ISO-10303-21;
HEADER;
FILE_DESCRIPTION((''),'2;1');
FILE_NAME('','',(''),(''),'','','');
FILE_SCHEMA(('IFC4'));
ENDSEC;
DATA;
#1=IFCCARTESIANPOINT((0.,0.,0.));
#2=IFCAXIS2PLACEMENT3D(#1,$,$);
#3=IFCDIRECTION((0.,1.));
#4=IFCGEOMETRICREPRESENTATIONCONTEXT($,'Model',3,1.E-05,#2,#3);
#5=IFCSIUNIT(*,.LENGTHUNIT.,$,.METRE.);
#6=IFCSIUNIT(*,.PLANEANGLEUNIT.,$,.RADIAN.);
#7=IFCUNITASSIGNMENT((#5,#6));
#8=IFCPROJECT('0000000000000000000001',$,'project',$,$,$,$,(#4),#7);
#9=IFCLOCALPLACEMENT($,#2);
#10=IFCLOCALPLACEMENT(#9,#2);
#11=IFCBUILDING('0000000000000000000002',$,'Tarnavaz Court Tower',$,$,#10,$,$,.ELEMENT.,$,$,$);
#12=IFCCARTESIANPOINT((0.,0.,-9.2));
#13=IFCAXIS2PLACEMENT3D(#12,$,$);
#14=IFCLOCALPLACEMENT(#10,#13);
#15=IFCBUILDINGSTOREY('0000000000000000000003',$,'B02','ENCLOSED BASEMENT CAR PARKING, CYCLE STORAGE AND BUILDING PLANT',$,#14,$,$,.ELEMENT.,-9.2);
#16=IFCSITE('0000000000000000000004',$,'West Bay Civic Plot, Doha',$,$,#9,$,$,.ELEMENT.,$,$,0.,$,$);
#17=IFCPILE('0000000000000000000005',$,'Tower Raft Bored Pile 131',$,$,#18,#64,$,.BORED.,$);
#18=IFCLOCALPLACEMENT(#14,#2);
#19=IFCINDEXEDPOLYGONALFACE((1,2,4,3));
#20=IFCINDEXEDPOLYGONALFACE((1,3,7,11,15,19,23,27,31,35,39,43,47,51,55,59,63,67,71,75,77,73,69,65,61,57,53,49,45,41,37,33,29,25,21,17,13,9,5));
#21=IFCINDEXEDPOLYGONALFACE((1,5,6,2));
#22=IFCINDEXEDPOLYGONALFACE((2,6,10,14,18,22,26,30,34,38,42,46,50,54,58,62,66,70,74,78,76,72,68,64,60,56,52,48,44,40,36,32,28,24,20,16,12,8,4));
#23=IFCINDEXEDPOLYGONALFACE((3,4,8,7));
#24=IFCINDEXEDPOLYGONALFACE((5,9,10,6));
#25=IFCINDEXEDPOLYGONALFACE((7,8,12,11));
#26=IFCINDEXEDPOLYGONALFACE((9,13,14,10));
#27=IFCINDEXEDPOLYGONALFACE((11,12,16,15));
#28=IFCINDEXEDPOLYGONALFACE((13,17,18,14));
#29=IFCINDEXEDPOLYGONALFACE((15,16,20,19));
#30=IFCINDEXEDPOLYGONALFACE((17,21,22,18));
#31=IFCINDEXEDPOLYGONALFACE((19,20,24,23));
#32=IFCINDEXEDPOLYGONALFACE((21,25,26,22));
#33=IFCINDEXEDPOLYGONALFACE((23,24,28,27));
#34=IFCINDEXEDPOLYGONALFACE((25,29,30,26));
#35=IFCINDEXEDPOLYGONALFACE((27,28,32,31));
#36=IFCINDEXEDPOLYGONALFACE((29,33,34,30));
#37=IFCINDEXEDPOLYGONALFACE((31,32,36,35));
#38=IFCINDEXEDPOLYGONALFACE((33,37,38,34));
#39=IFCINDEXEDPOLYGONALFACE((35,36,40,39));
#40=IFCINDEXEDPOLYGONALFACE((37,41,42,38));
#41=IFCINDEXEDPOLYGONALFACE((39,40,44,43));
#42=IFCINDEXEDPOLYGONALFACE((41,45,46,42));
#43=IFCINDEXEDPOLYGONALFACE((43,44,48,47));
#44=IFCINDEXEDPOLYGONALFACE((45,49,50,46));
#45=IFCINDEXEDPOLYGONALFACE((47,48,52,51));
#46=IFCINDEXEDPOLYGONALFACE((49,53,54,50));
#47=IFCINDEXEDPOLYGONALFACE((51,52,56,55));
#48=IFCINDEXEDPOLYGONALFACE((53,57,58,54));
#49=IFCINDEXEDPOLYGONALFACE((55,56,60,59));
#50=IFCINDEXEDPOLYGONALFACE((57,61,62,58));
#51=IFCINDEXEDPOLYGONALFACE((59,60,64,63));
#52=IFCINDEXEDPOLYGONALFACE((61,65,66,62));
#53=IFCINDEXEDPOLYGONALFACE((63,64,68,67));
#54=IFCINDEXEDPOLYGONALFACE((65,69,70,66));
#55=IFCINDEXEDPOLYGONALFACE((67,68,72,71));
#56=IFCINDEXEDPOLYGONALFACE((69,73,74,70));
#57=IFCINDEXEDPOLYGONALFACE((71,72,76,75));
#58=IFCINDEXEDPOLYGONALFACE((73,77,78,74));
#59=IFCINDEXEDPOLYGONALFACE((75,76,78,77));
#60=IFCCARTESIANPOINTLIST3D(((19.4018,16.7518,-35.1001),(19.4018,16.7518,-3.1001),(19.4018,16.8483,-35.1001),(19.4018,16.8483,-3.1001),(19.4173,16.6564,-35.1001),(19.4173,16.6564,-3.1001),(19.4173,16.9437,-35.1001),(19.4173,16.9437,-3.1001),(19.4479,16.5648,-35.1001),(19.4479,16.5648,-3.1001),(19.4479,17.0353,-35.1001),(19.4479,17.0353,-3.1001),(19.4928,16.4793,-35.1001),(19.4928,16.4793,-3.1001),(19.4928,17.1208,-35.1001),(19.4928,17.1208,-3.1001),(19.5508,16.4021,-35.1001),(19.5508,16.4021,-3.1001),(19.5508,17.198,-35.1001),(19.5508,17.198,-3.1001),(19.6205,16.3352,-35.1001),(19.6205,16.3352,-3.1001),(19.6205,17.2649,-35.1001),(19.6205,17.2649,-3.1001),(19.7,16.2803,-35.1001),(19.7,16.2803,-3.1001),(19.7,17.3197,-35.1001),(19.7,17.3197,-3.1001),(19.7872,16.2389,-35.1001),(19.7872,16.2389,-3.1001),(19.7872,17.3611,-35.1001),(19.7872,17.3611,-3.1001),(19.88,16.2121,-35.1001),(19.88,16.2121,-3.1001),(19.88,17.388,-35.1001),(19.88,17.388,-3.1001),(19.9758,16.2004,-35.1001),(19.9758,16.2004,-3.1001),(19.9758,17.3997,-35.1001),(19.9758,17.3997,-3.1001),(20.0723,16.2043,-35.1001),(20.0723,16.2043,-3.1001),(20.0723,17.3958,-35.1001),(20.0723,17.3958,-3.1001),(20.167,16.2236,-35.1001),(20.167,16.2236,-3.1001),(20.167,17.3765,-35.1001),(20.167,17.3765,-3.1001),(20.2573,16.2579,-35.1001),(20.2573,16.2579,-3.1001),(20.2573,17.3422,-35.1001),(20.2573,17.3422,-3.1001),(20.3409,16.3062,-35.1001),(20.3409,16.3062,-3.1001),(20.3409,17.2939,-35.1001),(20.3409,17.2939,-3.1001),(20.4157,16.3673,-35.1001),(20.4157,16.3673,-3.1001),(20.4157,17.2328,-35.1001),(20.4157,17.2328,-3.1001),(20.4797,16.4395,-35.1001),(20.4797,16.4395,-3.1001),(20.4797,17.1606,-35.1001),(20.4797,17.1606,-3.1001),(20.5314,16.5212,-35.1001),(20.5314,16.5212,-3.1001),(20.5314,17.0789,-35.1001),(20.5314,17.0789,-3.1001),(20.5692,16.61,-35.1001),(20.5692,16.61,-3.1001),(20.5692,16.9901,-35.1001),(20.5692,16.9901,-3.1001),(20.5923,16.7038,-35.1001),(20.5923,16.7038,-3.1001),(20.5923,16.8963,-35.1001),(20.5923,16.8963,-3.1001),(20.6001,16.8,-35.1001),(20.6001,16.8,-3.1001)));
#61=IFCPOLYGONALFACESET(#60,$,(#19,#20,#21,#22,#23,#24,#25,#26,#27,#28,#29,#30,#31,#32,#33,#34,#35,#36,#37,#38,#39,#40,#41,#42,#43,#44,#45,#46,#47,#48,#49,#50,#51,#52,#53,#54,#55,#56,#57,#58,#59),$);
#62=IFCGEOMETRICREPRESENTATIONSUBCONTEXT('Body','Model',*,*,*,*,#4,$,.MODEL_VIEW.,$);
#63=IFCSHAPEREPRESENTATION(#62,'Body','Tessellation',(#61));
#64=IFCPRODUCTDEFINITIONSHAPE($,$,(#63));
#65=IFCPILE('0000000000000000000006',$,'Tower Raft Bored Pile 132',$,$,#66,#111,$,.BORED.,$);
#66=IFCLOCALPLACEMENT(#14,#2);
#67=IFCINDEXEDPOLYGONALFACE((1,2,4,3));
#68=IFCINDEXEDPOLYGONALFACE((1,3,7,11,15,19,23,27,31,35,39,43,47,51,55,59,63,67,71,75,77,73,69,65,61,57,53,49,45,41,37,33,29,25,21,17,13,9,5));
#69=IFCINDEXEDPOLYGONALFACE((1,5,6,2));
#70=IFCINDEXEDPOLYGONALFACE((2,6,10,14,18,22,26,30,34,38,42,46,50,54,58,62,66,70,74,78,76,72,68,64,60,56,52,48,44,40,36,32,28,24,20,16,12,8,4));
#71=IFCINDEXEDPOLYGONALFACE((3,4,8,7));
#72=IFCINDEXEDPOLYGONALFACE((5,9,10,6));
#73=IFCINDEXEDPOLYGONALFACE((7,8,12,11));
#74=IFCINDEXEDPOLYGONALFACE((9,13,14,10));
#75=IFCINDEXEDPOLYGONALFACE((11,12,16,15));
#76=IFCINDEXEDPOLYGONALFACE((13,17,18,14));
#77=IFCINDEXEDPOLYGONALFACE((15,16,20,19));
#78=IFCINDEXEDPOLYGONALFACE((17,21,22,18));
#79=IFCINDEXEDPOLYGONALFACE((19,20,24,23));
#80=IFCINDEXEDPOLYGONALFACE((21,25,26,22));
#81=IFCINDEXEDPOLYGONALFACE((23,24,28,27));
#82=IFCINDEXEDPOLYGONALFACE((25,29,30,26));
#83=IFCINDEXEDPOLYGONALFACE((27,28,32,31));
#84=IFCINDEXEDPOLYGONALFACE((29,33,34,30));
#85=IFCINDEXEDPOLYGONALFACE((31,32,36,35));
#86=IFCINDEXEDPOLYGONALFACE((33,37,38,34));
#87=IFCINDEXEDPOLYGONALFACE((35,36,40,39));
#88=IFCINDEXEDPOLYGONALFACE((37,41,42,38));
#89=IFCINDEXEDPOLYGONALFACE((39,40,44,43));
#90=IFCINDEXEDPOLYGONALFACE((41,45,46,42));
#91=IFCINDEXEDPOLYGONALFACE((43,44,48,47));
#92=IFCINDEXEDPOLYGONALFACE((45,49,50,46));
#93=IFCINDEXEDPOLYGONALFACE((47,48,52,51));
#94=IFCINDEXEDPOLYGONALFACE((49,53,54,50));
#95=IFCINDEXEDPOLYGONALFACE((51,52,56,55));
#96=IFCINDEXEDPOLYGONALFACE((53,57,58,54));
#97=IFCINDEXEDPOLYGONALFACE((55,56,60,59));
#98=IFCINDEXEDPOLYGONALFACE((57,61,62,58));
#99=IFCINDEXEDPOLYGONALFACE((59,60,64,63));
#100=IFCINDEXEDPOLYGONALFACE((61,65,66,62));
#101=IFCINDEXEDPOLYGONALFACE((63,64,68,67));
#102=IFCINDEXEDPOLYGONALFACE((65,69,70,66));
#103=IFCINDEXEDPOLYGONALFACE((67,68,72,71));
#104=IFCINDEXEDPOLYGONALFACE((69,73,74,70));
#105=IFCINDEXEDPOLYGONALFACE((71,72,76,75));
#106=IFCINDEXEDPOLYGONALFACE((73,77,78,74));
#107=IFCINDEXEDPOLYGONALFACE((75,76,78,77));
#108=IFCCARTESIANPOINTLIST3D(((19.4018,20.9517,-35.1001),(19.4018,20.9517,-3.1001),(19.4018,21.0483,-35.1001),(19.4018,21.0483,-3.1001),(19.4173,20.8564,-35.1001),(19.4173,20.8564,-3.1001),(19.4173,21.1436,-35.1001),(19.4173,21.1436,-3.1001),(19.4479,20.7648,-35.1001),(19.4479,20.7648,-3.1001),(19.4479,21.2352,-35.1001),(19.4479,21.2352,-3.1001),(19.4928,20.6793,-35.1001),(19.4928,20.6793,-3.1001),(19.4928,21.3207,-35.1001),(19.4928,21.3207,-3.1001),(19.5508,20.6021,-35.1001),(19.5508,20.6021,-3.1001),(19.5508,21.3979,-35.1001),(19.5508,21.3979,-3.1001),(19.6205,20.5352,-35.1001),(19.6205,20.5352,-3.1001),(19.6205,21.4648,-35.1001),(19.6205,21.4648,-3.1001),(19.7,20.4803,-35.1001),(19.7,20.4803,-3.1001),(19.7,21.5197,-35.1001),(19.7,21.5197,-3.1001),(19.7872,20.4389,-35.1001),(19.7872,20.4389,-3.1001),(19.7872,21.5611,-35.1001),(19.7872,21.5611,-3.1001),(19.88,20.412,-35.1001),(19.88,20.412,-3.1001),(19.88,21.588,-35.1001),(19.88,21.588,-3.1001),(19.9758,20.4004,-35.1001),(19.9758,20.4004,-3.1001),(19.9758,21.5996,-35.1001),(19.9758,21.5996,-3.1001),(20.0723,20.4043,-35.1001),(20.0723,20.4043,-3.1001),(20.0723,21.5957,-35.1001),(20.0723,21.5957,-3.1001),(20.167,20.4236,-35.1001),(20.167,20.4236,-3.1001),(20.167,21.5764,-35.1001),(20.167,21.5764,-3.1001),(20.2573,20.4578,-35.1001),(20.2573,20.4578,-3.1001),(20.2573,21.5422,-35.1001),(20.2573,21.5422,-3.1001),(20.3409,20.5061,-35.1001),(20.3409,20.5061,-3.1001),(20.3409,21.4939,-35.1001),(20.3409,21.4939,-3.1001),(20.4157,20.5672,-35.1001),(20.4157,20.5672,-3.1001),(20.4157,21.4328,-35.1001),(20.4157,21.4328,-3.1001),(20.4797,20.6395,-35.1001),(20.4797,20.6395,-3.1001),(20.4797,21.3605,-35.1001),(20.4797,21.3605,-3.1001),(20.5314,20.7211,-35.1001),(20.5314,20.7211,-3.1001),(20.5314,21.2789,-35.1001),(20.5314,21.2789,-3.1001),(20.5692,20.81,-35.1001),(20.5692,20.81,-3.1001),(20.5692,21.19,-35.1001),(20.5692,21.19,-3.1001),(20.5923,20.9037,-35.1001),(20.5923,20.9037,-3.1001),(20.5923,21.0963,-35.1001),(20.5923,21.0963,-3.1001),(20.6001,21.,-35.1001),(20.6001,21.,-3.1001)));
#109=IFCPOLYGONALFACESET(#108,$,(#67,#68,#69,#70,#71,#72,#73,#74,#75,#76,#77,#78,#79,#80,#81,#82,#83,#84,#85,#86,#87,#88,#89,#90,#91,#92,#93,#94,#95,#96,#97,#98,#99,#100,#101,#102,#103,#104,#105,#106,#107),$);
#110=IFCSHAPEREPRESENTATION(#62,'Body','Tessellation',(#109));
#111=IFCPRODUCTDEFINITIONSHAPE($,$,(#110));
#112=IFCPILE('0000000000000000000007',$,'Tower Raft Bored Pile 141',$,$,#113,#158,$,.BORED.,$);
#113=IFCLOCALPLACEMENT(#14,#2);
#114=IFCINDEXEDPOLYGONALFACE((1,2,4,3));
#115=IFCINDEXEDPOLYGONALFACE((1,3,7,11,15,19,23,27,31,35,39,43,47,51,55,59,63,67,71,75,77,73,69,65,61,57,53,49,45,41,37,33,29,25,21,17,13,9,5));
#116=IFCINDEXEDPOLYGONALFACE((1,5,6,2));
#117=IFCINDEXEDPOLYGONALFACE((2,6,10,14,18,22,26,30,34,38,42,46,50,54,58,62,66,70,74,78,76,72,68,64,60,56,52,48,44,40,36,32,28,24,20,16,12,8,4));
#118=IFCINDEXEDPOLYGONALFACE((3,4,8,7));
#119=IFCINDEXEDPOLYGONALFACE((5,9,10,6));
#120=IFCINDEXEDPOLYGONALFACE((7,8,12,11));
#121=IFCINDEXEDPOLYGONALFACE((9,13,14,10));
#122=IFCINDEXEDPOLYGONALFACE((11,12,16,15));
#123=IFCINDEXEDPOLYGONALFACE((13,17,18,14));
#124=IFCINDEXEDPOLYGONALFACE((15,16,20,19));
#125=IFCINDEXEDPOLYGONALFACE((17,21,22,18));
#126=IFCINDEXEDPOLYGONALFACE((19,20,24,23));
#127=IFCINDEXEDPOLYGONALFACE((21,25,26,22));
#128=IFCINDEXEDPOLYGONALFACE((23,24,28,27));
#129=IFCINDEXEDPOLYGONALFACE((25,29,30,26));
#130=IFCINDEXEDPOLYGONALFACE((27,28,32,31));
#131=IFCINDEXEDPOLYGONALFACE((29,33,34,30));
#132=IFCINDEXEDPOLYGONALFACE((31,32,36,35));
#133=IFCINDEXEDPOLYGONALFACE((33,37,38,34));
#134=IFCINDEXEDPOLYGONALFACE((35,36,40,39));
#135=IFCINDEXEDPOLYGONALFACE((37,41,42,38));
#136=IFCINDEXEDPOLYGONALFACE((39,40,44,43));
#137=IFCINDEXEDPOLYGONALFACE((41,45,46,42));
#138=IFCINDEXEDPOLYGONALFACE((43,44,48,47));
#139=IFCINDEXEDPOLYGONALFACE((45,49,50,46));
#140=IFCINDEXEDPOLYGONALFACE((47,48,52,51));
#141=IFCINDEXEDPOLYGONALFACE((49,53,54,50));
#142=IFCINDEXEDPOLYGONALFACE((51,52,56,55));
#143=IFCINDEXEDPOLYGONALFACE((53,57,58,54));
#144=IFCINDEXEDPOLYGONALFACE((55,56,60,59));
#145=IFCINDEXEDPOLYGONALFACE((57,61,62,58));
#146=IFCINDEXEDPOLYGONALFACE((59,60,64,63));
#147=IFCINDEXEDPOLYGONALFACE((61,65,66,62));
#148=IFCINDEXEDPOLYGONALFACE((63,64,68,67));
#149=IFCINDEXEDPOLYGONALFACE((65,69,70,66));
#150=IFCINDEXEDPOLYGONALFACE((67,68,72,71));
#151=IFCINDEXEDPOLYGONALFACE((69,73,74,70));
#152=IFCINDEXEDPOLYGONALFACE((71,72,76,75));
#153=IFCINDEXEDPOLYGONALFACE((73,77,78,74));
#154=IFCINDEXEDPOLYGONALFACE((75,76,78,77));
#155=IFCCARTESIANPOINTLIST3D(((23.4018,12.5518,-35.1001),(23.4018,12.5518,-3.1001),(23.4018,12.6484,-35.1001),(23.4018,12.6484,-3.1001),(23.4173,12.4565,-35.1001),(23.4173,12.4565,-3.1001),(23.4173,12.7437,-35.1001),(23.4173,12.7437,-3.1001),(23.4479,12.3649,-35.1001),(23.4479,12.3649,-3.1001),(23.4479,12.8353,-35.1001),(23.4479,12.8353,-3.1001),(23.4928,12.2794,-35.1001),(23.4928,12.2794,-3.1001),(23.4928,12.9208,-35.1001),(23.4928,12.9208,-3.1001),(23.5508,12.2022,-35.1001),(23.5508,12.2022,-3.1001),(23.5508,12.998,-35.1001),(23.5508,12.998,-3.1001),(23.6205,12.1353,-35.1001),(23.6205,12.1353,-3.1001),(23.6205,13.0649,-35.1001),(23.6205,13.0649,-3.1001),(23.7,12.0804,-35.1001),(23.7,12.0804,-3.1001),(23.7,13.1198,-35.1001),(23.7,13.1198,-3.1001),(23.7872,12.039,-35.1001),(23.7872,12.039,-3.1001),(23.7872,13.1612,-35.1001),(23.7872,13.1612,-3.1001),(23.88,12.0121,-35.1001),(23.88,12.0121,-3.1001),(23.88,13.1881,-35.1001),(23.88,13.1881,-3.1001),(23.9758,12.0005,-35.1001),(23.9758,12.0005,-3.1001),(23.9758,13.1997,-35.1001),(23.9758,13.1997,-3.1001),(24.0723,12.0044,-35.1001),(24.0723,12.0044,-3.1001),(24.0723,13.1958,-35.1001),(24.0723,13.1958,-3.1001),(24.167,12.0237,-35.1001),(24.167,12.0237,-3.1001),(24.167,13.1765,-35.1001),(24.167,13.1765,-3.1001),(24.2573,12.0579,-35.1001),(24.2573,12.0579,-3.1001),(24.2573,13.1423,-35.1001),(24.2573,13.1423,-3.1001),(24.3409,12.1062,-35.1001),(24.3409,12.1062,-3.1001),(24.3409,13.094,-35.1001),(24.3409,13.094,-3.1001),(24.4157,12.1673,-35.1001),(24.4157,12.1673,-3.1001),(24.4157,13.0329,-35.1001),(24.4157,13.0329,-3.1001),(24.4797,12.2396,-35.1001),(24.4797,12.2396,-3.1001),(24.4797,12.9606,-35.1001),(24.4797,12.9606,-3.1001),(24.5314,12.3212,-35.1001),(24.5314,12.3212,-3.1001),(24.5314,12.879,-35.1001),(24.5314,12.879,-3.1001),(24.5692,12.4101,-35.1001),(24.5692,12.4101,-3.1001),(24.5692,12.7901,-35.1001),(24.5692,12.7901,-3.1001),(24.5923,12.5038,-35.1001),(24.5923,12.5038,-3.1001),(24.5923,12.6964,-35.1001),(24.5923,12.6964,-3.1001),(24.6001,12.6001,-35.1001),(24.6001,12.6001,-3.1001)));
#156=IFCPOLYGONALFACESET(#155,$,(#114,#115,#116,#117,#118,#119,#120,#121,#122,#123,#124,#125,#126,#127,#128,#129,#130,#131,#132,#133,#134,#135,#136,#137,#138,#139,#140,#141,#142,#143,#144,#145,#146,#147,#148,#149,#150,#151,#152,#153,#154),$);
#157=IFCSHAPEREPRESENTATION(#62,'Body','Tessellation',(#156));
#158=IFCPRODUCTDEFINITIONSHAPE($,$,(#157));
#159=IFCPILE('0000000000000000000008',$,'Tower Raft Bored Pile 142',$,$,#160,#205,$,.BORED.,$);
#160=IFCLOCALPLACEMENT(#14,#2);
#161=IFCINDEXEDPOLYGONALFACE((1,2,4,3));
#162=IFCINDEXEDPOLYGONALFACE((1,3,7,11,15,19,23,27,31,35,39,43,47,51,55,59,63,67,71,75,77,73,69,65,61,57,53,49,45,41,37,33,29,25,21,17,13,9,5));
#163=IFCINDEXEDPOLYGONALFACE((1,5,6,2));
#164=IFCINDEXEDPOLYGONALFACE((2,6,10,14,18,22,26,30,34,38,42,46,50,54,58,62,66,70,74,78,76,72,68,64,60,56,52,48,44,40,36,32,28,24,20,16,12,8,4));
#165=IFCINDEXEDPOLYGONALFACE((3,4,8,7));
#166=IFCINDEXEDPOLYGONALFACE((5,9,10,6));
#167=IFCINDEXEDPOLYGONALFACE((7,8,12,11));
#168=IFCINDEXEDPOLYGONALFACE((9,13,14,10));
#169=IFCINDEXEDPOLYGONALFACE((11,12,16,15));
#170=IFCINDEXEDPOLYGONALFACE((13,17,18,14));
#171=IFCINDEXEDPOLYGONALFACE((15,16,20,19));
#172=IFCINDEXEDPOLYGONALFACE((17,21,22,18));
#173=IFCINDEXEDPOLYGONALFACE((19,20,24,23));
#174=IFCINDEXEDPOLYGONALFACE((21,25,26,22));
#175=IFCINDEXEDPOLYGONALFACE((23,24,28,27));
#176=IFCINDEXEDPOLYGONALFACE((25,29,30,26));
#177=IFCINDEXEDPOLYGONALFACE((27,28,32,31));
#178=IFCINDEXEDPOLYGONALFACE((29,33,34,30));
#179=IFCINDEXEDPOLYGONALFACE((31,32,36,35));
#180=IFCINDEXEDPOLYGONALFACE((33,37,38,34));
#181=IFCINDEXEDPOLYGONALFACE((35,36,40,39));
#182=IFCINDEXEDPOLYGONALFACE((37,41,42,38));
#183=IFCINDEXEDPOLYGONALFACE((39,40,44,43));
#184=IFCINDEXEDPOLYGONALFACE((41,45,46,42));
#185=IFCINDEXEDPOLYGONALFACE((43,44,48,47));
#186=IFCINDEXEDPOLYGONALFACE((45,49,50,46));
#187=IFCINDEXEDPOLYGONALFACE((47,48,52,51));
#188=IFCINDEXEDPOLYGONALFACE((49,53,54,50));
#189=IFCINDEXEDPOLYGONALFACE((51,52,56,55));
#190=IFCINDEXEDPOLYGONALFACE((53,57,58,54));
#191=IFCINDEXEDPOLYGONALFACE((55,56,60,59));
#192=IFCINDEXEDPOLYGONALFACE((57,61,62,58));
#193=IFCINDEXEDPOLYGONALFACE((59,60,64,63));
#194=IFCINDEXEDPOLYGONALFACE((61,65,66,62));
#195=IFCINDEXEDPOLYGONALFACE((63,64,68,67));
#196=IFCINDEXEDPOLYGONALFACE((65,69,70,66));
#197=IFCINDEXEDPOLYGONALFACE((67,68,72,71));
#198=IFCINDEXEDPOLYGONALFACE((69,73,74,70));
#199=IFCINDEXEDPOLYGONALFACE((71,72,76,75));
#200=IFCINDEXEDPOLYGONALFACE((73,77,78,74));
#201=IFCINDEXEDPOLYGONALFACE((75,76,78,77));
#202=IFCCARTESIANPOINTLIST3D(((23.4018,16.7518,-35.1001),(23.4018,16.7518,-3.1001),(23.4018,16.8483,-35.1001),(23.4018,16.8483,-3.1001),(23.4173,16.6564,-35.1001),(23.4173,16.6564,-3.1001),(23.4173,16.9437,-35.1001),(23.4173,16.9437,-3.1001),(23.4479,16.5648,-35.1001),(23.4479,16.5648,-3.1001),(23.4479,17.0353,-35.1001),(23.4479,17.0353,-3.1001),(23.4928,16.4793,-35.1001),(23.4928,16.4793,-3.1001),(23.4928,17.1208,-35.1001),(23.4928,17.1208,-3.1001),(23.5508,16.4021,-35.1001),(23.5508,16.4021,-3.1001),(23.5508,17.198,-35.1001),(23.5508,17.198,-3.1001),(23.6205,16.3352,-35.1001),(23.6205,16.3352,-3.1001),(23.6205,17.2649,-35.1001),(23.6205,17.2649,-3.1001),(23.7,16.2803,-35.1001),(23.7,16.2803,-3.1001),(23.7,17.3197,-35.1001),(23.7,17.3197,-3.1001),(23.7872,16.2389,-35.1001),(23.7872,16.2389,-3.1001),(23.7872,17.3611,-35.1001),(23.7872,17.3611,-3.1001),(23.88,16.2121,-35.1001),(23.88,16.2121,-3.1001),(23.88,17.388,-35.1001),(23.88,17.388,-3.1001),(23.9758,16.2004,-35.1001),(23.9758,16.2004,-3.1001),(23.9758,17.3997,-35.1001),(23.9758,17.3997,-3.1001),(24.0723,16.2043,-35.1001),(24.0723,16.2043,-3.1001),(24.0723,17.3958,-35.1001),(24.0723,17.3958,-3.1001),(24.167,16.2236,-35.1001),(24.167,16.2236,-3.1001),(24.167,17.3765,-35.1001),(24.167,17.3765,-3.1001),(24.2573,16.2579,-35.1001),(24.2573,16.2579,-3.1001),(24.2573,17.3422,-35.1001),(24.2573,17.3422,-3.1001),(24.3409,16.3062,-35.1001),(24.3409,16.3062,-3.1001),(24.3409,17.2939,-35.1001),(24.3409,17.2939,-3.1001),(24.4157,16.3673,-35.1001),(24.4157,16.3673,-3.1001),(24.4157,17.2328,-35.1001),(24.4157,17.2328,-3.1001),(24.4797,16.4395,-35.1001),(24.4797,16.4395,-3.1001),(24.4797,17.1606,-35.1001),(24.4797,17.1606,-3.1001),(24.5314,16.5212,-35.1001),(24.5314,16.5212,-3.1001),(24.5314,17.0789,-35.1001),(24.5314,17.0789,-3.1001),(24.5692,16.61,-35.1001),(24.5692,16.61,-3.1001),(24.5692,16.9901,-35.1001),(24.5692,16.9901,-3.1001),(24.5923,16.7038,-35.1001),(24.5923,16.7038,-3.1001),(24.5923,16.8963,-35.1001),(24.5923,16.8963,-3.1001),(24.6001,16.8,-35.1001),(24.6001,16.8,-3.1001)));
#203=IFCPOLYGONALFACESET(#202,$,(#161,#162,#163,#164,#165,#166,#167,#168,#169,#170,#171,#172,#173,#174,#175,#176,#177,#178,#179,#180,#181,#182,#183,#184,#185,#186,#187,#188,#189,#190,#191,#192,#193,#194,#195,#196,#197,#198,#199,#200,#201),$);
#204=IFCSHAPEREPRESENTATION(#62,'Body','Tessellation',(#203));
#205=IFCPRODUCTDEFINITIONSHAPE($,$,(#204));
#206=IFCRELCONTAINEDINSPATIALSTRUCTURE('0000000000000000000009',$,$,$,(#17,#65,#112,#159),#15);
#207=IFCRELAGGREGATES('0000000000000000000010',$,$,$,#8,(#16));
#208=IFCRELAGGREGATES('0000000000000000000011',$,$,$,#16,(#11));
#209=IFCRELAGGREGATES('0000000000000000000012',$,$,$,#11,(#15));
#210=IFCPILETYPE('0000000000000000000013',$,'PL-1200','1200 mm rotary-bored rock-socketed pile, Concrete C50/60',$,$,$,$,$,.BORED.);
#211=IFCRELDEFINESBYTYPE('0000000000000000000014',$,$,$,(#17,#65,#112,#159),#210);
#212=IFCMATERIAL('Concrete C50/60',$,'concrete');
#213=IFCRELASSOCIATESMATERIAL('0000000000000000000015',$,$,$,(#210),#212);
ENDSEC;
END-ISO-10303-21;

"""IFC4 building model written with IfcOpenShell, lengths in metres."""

from ifc_helpers import new_model, si_unit, direction, frame, origin, origin_2d, place, context, subcontext, project, spatial, circle, extrude, material, material_profile, profile_set, type_object, element, save


model = new_model("IFC4")

# Units and contexts
model_context = context("Model", 3, precision=1e-05, world=origin(), true_north=direction((0.0, 1.0)))
body_context = subcontext(model_context, "Body", "Model", "MODEL_VIEW")
ifc_project = project(units=[si_unit("LENGTHUNIT", "METRE"), si_unit("PLANEANGLEUNIT", "RADIAN")], contexts=[model_context])

# Site, building, storey
site_placement = place(None, origin())
site = spatial("IfcSite", under=ifc_project, at=site_placement, Name="West Bay Civic Plot, Doha", CompositionType="ELEMENT", RefElevation=0.0)
building_placement = place(site_placement, origin())
building = spatial("IfcBuilding", under=site, at=building_placement, Name="Tarnavaz Court Tower", CompositionType="ELEMENT")
storey_placement = place(building_placement, frame((0.0, 0.0, -9.2)))
storey = spatial("IfcBuildingStorey", under=building, at=storey_placement, Name="B02", Description="ENCLOSED BASEMENT CAR PARKING, CYCLE STORAGE AND BUILDING PLANT", CompositionType="ELEMENT", Elevation=-9.2)

# Shared definitions
ifc_material_1 = material(Name="Concrete C50/60", Category="concrete")

# Piles
ifc_material_profile_1 = material_profile(ifc_material_1, circle(Radius=0.6001, at=origin_2d()), Name="PILE D1200")
ifc_profile_set_1 = profile_set([ifc_material_profile_1], Name="Concrete C50/60")
pile_type_1 = type_object("IfcPileType", Name="PL-1200", Description="1200 mm rotary-bored rock-socketed pile, Concrete C50/60", PredefinedType="BORED", material=ifc_profile_set_1)
for number, where, z_axis, x_axis, name in (
    (1, (20.0, 16.8, -3.1001), (0.0, 0.0, -1.0), (1.0, 0.0, 0.0), "Tower Raft Bored Pile 131"),
    (2, (20.0, 21.0, -3.1001), (0.0, 0.0, -1.0), (1.0, 0.0, 0.0), "Tower Raft Bored Pile 132"),
    (3, (24.0, 12.6001, -3.1001), (0.0, 0.0, -1.0), (1.0, 0.0, 0.0), "Tower Raft Bored Pile 141"),
    (4, (24.0, 16.8, -3.1001), (0.0, 0.0, -1.0), (1.0, 0.0, 0.0), "Tower Raft Bored Pile 142"),
):
    element("IfcPile", number, at=place(storey_placement, frame(where, z_axis=z_axis, x_axis=x_axis)), inside=storey, type_object=pile_type_1, Name=name, PredefinedType="BORED", context=body_context, shape_type="SweptSolid", body=[
        extrude(circle(Radius=0.6001, at=origin_2d()), origin(), (0.0, 0.0, 1.0), 32.0),
    ])

save(model, "model.ifc")
